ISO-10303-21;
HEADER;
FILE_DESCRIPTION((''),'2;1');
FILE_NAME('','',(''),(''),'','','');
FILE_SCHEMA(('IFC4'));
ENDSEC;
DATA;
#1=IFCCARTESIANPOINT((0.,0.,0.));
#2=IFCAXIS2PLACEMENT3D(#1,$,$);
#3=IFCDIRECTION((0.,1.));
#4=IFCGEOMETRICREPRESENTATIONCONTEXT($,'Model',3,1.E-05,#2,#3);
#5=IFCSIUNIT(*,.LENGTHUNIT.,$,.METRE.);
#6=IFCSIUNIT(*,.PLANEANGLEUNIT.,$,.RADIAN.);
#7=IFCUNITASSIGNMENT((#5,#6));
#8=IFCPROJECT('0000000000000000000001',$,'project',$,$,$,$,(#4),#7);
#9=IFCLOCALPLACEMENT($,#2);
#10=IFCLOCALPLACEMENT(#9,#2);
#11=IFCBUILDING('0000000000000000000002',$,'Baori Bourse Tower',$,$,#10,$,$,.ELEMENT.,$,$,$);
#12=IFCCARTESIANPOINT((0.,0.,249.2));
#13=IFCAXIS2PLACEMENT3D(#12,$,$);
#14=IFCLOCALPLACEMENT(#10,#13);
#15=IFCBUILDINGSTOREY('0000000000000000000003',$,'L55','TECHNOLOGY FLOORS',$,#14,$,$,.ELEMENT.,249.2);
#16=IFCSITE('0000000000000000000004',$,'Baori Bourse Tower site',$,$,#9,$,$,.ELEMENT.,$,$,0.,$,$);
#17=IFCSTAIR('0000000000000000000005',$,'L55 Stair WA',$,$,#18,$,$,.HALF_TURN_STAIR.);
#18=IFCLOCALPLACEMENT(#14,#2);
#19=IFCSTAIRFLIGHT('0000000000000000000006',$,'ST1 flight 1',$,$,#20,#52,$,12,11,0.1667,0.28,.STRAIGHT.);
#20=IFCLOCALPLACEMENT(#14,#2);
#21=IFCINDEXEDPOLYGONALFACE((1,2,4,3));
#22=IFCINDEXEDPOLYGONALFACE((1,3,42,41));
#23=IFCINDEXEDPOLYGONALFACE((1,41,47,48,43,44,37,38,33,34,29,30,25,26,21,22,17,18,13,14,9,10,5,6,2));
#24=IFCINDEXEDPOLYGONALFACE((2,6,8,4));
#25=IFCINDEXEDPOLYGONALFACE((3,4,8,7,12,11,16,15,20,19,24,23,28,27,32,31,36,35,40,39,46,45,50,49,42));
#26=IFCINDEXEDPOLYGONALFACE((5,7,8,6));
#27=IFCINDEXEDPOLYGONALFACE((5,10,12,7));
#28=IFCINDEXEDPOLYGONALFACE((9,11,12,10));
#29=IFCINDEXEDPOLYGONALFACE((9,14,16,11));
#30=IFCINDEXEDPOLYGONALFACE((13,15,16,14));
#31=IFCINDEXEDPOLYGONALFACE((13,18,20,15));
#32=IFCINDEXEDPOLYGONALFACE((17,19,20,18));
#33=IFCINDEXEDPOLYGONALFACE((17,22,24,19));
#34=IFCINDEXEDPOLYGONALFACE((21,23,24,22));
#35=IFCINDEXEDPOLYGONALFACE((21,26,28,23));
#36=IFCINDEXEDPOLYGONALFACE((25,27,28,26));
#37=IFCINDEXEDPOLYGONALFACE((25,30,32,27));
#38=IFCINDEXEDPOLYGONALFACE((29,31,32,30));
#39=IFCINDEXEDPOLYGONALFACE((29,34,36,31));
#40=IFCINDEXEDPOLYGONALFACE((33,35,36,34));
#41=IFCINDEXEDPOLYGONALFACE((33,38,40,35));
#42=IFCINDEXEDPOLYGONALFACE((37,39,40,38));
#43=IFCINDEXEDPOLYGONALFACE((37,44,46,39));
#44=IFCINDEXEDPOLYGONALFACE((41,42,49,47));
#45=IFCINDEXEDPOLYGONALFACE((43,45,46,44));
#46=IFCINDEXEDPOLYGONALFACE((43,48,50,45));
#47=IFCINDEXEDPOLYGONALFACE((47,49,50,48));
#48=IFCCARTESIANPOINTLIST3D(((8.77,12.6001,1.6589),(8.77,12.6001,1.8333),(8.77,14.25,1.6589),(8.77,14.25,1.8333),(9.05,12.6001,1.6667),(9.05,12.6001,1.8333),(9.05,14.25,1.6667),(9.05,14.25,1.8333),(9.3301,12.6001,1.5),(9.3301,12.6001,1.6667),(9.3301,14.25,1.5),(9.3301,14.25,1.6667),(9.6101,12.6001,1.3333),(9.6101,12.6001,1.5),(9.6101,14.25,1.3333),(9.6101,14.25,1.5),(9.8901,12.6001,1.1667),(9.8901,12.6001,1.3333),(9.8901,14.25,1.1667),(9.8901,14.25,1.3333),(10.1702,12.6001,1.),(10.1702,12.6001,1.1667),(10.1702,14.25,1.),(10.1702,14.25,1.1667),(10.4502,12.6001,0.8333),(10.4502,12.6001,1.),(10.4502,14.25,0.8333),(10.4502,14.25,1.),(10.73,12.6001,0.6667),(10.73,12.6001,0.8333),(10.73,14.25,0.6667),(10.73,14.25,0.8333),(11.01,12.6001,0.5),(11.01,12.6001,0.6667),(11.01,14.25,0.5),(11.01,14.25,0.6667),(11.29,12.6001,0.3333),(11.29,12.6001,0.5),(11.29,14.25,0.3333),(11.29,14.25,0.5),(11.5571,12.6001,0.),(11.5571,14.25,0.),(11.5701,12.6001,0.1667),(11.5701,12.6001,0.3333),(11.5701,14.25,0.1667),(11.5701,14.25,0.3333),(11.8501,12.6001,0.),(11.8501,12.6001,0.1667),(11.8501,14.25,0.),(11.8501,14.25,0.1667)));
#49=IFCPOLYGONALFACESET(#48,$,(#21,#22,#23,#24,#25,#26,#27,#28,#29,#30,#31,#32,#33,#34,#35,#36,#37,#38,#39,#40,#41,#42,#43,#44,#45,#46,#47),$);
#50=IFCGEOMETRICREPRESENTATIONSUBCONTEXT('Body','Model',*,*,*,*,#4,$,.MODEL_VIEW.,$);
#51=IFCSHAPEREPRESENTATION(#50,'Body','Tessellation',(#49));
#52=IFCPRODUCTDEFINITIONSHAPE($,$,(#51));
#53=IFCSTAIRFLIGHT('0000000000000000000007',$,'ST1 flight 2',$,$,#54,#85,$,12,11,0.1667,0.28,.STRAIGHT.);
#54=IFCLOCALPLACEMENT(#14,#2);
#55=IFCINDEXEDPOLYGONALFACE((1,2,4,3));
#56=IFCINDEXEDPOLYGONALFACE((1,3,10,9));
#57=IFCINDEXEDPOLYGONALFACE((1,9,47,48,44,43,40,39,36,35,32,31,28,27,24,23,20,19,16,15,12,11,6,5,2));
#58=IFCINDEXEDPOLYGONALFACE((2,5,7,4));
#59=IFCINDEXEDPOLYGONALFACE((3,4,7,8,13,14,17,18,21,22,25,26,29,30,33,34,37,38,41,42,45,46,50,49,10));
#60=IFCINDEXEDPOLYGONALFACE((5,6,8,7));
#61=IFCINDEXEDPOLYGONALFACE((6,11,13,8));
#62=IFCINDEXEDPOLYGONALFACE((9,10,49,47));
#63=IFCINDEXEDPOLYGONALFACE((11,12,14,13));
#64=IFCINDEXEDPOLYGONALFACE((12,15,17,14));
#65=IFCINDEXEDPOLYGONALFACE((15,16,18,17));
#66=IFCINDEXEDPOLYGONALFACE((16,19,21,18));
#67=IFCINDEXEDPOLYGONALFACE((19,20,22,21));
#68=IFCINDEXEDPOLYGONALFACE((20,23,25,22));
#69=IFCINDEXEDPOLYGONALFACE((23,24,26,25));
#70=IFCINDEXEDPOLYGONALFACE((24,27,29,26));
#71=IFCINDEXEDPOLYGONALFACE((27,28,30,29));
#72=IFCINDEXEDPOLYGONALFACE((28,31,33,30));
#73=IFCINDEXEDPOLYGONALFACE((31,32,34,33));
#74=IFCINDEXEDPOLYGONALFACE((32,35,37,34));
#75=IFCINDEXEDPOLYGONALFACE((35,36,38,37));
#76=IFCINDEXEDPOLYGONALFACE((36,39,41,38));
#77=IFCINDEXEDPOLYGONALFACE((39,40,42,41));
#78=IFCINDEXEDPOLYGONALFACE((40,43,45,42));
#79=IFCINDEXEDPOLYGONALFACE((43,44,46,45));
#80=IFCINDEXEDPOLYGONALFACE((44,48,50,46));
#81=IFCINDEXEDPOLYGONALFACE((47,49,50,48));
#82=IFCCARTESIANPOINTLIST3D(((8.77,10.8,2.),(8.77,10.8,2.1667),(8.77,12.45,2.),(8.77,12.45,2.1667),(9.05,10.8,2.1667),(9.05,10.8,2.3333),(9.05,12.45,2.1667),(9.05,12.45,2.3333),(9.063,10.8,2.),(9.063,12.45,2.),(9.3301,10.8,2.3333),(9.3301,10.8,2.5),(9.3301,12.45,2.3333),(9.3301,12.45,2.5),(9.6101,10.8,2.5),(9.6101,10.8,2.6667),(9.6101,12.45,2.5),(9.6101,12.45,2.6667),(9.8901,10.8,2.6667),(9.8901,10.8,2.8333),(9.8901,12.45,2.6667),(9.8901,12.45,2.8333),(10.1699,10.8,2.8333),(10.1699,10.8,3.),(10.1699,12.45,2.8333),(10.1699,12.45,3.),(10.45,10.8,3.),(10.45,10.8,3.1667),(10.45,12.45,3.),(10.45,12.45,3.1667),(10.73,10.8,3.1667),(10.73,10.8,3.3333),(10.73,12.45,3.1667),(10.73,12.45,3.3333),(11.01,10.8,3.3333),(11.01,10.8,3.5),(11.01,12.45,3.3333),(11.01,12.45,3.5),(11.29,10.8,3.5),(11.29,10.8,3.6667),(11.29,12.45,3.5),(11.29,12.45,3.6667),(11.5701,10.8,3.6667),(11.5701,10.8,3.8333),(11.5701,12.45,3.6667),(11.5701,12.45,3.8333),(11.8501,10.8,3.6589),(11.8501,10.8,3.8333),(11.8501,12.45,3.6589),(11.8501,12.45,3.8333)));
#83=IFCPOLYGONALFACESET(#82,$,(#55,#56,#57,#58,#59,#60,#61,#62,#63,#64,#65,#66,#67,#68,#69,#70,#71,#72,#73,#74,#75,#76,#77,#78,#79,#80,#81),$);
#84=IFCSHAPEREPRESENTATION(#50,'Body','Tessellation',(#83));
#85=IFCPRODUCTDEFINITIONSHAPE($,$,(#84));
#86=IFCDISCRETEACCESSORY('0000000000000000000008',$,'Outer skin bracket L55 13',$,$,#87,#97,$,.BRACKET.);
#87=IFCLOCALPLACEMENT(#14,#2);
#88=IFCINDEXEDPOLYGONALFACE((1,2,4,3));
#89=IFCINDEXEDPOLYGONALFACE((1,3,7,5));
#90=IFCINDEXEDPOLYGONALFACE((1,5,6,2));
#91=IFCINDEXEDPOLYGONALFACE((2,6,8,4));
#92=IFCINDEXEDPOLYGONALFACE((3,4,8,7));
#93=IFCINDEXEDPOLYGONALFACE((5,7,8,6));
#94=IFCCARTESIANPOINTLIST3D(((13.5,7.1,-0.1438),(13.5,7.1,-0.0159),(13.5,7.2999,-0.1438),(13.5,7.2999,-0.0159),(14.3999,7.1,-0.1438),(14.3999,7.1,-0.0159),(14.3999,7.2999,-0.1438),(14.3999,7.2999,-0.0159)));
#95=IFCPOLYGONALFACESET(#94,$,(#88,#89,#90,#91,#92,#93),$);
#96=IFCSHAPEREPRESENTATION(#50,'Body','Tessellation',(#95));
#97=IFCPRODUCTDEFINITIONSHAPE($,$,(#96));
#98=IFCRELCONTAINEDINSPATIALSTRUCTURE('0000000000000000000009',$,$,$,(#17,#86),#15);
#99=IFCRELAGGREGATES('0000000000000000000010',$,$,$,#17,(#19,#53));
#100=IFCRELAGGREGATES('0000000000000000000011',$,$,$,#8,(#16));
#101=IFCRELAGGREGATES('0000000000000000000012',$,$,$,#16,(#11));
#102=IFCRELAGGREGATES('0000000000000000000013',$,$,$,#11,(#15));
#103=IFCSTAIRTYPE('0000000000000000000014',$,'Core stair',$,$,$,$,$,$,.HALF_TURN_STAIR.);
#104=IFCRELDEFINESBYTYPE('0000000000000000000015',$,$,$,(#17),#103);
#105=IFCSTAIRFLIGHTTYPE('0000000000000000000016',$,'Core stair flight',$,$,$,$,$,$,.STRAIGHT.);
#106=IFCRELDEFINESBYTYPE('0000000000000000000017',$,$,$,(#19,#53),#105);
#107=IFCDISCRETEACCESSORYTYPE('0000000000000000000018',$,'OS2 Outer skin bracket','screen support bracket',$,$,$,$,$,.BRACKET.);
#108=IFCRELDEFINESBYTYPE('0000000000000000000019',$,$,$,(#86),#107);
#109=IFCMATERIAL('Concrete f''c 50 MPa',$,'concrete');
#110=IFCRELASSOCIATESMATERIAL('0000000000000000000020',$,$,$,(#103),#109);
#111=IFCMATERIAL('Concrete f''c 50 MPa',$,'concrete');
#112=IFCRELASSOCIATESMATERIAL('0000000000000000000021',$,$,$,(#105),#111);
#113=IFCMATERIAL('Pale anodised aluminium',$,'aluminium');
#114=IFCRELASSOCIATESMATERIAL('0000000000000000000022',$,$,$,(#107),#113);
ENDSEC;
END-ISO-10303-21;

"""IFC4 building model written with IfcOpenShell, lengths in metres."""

from ifc_helpers import new_model, si_unit, direction, frame, origin, origin_2d, place, context, subcontext, project, spatial, polyline, rectangle, outline, extrude, material, type_object, element, aggregate, save


model = new_model("IFC4")

# Units and contexts
model_context = context("Model", 3, precision=1e-05, world=origin(), true_north=direction((0.0, 1.0)))
body_context = subcontext(model_context, "Body", "Model", "MODEL_VIEW")
ifc_project = project(units=[si_unit("LENGTHUNIT", "METRE"), si_unit("PLANEANGLEUNIT", "RADIAN")], contexts=[model_context])

# Site, building, storey
site_placement = place(None, origin())
site = spatial("IfcSite", under=ifc_project, at=site_placement, Name="Baori Bourse Tower site", CompositionType="ELEMENT", RefElevation=0.0)
building_placement = place(site_placement, origin())
building = spatial("IfcBuilding", under=site, at=building_placement, Name="Baori Bourse Tower", CompositionType="ELEMENT")
storey_placement = place(building_placement, frame((0.0, 0.0, 249.2)))
storey = spatial("IfcBuildingStorey", under=building, at=storey_placement, Name="L55", Description="TECHNOLOGY FLOORS", CompositionType="ELEMENT", Elevation=249.2)

# Stair, stair flights
ifc_material_1 = material(Name="Concrete f'c 50 MPa", Category="concrete")
stair_type = type_object("IfcStairType", Name="Core stair", PredefinedType="HALF_TURN_STAIR", material=ifc_material_1)
stair_placement = place(storey_placement, origin())
stair = element("IfcStair", 1, at=stair_placement, inside=storey, type_object=stair_type, Name="L55 Stair WA", PredefinedType="HALF_TURN_STAIR")
ifc_material_2 = material(Name="Concrete f'c 50 MPa", Category="concrete")
stair_flight_type = type_object("IfcStairFlightType", Name="Core stair flight", PredefinedType="STRAIGHT", material=ifc_material_2)
stair_flight_1_placement = place(storey_placement, frame((11.8501, 13.425, 0.0), z_axis=(0.0, 0.0, 1.0), x_axis=(-1.0, 0.0, 0.0)))
stair_flight_1 = element("IfcStairFlight", 2, at=stair_flight_1_placement, type_object=stair_flight_type, Name="ST1 flight 1", NumberOfRisers=12, NumberOfTreads=11, PredefinedType="STRAIGHT", RiserHeight=0.1667, TreadLength=0.28, context=body_context, shape_type="SweptSolid", body=[
    extrude(outline(polyline([(0.0, 0.0), (0.0, 0.1667), (0.28, 0.1667), (0.28, 0.3333), (0.5601, 0.3333), (0.5601, 0.5), (0.8401, 0.5), (0.8401, 0.6667), (1.1201, 0.6667), (1.1201, 0.8333), (1.3999, 0.8333), (1.3999, 1.0), (1.6799, 1.0), (1.6799, 1.1667), (1.96, 1.1667), (1.96, 1.3333), (2.24, 1.3333), (2.24, 1.5), (2.52, 1.5), (2.52, 1.6667), (2.8, 1.6667), (2.8, 1.8333), (3.0801, 1.8333), (3.0801, 2.0), (3.0801, 1.6589), (0.293, 0.0), (0.0, 0.0)])), frame((0.0, 0.825, 0.0), z_axis=(0.0, -1.0, 0.0), x_axis=(1.0, 0.0, 0.0)), (0.0, 0.0, 1.0), 1.6499),
])
stair_flight_2_placement = place(storey_placement, frame((8.77, 11.625, 2.0), z_axis=(0.0, 0.0, 1.0), x_axis=(1.0, 0.0, 0.0)))
stair_flight_2 = element("IfcStairFlight", 3, at=stair_flight_2_placement, type_object=stair_flight_type, Name="ST1 flight 2", NumberOfRisers=12, NumberOfTreads=11, PredefinedType="STRAIGHT", RiserHeight=0.1667, TreadLength=0.28, context=body_context, shape_type="SweptSolid", body=[
    extrude(outline(polyline([(0.0, 0.0), (0.0, 0.1667), (0.28, 0.1667), (0.28, 0.3333), (0.5601, 0.3333), (0.5601, 0.5), (0.8401, 0.5), (0.8401, 0.6667), (1.1201, 0.6667), (1.1201, 0.8333), (1.3999, 0.8333), (1.3999, 1.0), (1.6799, 1.0), (1.6799, 1.1667), (1.96, 1.1667), (1.96, 1.3333), (2.24, 1.3333), (2.24, 1.5), (2.52, 1.5), (2.52, 1.6667), (2.8, 1.6667), (2.8, 1.8333), (3.0801, 1.8333), (3.0801, 2.0), (3.0801, 1.6589), (0.293, 0.0), (0.0, 0.0)])), frame((0.0, 0.825, 0.0), z_axis=(0.0, -1.0, 0.0), x_axis=(1.0, 0.0, 0.0)), (0.0, 0.0, 1.0), 1.6499),
])
aggregate(stair, [stair_flight_1, stair_flight_2])

# Discrete accessory
ifc_material_3 = material(Name="Pale anodised aluminium", Category="aluminium")
discrete_accessory_type = type_object("IfcDiscreteAccessoryType", Name="OS2 Outer skin bracket", Description="screen support bracket", PredefinedType="BRACKET", material=ifc_material_3)
discrete_accessory_placement = place(storey_placement, frame((13.95, 7.2, -0.1438), z_axis=(0.0, 0.0, 1.0), x_axis=(0.0, -1.0, 0.0)))
element("IfcDiscreteAccessory", 4, at=discrete_accessory_placement, inside=storey, type_object=discrete_accessory_type, Name="Outer skin bracket L55 13", PredefinedType="BRACKET", context=body_context, shape_type="SweptSolid", body=[
    extrude(rectangle(XDim=0.2, YDim=0.8999, at=origin_2d()), origin(), (0.0, 0.0, 1.0), 0.1279),
])

save(model, "model.ifc")
